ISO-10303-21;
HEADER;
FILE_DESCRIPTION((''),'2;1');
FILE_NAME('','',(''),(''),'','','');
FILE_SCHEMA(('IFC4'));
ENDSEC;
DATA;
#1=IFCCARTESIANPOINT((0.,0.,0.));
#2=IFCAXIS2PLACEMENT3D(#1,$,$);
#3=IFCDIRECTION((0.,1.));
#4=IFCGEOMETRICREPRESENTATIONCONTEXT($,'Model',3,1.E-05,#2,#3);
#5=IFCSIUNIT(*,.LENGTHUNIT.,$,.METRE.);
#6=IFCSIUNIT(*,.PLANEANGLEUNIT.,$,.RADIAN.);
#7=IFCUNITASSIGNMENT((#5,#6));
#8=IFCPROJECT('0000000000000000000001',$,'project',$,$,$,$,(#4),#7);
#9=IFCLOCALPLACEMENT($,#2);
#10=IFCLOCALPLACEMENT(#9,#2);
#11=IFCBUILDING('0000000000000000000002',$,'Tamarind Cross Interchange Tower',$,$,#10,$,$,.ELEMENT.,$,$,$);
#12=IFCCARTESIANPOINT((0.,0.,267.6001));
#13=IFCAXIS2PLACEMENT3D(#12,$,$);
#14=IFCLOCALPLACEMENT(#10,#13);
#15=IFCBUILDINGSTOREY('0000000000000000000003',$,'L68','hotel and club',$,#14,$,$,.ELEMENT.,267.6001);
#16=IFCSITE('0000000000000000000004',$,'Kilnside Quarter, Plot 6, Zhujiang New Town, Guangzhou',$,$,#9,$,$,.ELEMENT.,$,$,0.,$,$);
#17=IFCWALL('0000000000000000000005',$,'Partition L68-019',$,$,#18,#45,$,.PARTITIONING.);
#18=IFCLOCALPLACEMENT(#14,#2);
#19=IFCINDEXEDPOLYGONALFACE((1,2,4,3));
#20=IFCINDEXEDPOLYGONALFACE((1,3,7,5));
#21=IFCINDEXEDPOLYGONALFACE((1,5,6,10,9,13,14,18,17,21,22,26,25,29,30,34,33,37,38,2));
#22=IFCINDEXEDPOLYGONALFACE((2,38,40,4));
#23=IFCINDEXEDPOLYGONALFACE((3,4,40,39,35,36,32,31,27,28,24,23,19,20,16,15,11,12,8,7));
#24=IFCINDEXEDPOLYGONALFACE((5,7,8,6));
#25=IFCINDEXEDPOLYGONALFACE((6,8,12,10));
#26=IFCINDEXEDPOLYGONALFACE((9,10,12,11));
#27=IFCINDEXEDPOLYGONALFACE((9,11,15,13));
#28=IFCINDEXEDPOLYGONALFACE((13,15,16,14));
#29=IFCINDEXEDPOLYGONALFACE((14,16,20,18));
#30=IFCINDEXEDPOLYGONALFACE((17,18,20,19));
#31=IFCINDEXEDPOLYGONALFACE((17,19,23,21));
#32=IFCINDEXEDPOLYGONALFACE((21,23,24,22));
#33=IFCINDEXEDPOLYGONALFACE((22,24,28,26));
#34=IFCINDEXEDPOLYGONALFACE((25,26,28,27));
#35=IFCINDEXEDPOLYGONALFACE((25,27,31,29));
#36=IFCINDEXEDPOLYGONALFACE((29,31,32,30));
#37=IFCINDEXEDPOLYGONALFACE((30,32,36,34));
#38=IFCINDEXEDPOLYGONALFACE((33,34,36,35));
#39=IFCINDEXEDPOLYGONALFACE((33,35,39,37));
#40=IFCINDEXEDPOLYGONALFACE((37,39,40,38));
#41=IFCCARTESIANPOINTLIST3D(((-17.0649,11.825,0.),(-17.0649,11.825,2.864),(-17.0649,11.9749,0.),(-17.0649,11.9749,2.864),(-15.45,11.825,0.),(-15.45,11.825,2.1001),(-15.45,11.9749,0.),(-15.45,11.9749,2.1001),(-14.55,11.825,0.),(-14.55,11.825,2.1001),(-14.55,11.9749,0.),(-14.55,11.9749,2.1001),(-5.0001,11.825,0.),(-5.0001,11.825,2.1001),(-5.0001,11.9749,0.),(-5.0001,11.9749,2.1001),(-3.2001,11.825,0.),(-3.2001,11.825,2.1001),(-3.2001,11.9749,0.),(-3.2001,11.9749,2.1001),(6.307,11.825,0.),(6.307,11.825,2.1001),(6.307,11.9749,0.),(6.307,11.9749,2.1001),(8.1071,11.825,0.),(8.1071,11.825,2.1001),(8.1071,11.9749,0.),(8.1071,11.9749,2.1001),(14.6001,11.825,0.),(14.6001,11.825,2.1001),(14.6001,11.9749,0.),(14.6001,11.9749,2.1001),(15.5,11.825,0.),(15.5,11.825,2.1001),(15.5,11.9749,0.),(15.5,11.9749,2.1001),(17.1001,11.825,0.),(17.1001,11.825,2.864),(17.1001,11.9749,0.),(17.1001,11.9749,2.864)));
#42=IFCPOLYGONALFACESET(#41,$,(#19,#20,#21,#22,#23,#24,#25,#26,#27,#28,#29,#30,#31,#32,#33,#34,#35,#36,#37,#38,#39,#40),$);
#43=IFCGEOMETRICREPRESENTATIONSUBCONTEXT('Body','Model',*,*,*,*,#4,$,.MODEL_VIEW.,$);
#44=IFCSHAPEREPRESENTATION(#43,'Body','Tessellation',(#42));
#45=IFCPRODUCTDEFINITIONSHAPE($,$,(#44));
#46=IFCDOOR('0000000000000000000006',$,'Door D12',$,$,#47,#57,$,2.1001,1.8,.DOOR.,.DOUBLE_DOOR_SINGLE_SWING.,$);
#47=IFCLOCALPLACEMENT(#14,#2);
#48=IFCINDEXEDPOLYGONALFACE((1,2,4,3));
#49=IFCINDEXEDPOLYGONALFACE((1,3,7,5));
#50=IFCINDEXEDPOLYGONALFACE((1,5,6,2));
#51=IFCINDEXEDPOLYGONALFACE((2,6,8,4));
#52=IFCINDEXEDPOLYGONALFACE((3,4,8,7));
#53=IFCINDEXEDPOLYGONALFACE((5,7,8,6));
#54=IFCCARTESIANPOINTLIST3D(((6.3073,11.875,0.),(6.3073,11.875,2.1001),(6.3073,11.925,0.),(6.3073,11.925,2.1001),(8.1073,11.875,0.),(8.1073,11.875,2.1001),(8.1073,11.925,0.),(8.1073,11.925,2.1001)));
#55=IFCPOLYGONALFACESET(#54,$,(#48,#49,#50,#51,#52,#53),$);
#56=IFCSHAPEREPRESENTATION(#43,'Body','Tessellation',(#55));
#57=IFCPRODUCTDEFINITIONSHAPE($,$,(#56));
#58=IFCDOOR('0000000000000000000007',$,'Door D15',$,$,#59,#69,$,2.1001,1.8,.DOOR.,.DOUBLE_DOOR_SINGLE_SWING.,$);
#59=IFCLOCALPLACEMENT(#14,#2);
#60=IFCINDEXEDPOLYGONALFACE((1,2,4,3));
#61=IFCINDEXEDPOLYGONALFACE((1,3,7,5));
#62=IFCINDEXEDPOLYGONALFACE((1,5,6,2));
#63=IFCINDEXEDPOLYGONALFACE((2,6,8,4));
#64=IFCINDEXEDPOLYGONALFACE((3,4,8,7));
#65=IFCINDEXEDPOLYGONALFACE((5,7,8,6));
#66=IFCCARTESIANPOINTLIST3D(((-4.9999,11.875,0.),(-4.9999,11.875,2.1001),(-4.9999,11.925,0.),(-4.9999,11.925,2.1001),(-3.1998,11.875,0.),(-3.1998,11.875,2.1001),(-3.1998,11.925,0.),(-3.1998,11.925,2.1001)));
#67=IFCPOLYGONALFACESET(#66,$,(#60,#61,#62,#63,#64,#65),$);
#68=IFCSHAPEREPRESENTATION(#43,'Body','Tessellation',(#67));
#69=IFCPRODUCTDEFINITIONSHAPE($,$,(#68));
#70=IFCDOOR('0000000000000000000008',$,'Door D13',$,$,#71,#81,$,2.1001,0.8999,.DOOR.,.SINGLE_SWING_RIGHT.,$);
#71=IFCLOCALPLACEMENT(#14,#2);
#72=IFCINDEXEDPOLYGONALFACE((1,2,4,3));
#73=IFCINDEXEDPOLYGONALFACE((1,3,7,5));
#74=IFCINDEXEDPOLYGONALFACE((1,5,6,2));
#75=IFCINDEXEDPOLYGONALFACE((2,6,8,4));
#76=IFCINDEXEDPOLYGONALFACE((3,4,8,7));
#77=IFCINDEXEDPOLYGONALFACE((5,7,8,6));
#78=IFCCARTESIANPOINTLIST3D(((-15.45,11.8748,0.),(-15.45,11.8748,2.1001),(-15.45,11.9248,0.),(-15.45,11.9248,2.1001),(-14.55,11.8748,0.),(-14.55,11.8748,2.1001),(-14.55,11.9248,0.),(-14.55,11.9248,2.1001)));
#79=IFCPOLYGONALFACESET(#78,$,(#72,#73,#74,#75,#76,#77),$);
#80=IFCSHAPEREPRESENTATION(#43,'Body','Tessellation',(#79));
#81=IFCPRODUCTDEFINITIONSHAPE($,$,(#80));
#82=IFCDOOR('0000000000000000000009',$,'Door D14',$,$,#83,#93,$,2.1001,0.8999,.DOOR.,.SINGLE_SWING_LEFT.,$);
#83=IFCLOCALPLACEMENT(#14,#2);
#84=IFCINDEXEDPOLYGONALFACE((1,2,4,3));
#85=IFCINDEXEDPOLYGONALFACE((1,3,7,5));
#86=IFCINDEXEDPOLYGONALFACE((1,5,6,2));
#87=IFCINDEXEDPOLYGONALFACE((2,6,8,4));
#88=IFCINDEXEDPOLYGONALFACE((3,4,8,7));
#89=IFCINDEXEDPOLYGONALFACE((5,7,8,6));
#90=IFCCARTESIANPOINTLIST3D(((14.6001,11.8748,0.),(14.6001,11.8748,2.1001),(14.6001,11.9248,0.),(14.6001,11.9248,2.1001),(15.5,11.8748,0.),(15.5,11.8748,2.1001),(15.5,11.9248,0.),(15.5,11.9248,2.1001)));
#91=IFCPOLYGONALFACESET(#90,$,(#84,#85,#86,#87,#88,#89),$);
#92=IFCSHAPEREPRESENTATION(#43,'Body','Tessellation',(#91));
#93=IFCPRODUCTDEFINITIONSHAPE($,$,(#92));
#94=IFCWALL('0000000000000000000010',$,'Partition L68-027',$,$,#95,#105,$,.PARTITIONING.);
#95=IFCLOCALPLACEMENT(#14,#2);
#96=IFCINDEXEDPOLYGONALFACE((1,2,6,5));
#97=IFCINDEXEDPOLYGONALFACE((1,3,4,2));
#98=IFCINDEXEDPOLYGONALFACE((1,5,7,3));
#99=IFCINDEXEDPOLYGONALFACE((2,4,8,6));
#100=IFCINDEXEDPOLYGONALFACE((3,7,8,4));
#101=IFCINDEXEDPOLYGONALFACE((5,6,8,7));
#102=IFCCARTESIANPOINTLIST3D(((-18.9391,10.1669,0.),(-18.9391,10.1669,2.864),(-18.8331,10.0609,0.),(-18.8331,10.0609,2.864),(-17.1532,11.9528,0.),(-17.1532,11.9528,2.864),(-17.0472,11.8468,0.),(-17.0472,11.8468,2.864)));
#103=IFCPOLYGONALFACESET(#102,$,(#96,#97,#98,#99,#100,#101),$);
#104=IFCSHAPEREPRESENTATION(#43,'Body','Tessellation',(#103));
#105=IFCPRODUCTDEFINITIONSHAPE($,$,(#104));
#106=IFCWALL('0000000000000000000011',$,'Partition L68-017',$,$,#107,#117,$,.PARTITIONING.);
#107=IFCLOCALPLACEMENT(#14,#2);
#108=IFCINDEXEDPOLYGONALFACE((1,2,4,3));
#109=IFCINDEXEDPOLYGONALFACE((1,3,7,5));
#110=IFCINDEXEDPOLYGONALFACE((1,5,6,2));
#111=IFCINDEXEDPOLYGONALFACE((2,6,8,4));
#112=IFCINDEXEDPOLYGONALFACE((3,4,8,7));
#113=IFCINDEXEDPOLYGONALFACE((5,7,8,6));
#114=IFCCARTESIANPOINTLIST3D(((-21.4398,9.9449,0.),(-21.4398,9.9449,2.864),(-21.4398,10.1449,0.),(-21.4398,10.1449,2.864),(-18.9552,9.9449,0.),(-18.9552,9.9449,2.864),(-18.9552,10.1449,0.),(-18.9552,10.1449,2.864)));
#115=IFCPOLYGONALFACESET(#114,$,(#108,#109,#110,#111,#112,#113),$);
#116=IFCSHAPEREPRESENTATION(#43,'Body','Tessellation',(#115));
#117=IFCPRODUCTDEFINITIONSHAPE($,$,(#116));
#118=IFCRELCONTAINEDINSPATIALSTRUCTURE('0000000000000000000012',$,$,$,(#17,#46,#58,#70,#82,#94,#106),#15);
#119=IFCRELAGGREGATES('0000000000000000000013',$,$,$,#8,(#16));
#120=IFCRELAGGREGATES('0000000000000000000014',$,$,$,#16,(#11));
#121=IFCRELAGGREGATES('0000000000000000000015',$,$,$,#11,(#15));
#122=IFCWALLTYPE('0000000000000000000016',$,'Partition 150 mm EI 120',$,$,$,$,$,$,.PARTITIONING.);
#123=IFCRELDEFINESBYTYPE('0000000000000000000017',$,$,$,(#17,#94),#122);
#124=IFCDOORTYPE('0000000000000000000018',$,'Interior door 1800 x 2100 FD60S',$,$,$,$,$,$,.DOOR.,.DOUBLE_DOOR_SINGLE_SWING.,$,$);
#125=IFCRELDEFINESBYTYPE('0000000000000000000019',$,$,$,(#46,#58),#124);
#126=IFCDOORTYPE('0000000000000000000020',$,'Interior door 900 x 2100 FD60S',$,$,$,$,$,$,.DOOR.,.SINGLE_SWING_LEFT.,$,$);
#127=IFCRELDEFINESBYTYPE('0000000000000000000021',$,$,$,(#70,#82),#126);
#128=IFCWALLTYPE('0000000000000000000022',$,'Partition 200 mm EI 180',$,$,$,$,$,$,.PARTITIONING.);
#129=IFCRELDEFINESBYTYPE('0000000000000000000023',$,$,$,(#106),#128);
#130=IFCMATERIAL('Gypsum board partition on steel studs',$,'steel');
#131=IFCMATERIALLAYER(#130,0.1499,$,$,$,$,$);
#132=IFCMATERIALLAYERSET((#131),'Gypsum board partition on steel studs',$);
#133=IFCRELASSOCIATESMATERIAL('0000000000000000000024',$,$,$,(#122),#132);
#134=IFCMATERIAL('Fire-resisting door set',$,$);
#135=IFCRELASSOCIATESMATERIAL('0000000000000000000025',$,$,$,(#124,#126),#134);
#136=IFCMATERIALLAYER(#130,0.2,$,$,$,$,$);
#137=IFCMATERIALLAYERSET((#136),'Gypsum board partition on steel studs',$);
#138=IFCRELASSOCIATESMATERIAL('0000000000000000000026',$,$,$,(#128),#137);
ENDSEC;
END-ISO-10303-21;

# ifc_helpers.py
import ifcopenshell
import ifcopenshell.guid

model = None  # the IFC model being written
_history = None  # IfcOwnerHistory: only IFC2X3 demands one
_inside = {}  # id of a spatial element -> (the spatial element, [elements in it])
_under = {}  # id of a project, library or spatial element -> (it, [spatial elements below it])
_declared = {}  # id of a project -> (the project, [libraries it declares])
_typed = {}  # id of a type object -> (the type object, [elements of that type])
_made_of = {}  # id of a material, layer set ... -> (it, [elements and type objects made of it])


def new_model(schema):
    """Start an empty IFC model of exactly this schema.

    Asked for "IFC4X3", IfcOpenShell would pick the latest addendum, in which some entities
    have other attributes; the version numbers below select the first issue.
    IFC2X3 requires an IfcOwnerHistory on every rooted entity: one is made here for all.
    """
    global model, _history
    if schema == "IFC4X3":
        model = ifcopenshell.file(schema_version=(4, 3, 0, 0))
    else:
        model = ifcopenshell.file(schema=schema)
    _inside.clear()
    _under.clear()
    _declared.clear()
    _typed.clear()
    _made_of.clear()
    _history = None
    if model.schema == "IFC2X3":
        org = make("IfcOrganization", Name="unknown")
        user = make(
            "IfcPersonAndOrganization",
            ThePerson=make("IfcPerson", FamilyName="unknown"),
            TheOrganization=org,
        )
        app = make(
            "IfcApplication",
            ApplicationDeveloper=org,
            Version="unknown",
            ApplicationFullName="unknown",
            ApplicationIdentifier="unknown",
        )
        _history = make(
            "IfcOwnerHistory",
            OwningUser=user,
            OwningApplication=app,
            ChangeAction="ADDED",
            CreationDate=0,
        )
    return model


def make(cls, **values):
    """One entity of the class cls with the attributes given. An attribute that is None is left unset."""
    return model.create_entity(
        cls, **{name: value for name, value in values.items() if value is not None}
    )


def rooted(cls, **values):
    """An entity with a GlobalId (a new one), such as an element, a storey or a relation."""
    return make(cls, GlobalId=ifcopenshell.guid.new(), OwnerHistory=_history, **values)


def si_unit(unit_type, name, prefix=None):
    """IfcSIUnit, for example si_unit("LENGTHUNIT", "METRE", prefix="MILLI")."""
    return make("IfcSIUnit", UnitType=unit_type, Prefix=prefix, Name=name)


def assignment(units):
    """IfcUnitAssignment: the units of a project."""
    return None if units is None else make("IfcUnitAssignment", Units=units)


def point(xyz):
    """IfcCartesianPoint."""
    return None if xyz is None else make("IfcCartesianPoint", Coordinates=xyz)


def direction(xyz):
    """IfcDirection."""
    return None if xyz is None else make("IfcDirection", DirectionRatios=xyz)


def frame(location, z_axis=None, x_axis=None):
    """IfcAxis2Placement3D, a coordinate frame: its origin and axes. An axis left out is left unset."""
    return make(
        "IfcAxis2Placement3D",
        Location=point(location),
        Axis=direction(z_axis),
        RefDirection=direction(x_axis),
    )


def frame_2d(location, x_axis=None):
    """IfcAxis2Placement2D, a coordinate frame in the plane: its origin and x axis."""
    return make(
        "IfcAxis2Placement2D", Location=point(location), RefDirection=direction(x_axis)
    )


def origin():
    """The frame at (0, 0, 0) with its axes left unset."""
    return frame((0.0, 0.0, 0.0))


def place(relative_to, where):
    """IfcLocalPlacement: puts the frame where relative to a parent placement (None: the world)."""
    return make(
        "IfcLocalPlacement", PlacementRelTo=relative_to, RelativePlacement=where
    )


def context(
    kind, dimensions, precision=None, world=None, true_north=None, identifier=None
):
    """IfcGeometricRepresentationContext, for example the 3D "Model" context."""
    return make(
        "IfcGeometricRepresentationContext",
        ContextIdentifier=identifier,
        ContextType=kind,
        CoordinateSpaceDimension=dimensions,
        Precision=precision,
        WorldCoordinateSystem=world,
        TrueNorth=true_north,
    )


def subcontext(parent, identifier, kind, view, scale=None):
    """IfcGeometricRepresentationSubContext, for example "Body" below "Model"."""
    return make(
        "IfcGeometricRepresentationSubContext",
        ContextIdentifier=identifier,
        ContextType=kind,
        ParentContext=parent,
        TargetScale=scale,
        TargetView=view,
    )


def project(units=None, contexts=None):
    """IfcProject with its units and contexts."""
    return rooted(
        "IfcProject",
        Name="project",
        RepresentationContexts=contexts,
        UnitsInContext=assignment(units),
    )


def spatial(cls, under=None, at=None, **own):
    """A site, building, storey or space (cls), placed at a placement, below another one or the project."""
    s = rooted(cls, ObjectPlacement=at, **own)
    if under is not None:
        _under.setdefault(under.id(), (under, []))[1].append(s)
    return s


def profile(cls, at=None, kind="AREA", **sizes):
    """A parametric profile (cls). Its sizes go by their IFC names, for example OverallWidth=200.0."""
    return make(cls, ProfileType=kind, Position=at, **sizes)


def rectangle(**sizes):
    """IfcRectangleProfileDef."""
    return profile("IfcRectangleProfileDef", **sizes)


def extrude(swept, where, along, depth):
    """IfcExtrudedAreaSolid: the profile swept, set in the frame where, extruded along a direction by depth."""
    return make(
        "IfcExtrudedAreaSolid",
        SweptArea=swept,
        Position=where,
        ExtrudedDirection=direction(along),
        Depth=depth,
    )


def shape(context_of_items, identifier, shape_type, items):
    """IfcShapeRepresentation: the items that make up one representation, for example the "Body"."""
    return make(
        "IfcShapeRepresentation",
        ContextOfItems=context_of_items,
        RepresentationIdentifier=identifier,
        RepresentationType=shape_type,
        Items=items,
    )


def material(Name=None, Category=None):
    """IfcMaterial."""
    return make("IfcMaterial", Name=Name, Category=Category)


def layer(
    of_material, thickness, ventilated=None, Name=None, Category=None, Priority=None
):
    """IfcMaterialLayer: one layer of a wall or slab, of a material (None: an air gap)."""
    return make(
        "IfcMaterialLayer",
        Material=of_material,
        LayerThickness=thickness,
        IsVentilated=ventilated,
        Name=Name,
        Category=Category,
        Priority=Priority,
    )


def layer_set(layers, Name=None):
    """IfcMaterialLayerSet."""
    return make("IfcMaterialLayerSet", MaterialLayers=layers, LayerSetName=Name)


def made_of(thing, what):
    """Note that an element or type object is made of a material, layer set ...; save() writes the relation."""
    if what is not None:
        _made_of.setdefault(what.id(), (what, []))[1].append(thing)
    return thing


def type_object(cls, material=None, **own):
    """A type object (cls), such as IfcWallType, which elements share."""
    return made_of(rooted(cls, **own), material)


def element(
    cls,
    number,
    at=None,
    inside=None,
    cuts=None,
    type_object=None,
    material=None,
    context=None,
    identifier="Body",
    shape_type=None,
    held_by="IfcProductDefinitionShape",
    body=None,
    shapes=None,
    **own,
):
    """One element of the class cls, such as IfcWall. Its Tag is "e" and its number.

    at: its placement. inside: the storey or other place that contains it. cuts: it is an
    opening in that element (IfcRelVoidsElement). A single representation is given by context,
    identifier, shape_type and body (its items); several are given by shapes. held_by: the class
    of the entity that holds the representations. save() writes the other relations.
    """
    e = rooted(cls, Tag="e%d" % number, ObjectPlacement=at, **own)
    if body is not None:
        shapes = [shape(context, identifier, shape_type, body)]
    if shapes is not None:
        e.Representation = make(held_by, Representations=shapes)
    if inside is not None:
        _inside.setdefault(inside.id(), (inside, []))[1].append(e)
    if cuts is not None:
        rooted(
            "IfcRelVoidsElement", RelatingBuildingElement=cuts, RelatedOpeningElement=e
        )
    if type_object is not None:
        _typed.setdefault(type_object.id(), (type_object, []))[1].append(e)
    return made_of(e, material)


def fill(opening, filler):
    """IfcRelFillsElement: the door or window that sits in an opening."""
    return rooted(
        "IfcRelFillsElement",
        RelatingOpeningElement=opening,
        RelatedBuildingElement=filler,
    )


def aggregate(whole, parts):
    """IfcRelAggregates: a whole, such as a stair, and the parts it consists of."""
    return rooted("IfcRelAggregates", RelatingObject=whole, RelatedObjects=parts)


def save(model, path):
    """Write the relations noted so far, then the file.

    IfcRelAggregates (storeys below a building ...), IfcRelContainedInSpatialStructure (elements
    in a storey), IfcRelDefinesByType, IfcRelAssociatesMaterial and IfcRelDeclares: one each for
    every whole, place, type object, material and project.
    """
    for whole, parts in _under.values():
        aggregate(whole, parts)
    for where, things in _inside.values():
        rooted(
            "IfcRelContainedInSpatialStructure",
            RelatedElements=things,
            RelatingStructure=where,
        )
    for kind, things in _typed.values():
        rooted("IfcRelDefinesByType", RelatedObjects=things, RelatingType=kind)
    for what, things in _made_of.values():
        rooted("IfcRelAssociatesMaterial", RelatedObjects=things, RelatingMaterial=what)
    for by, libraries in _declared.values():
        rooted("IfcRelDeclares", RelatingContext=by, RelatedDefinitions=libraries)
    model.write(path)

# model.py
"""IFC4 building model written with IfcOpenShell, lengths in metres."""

from ifc_helpers import new_model, si_unit, direction, frame, frame_2d, origin, place, context, subcontext, project, spatial, rectangle, extrude, material, layer, layer_set, type_object, element, fill, save


model = new_model("IFC4")

# Units and contexts
model_context = context("Model", 3, precision=1e-05, world=origin(), true_north=direction((0.0, 1.0)))
body_context = subcontext(model_context, "Body", "Model", "MODEL_VIEW")
ifc_project = project(units=[si_unit("LENGTHUNIT", "METRE"), si_unit("PLANEANGLEUNIT", "RADIAN")], contexts=[model_context])

# Site, building, storey
site_placement = place(None, origin())
site = spatial("IfcSite", under=ifc_project, at=site_placement, Name="Kilnside Quarter, Plot 6, Zhujiang New Town, Guangzhou", CompositionType="ELEMENT", RefElevation=0.0)
building_placement = place(site_placement, origin())
building = spatial("IfcBuilding", under=site, at=building_placement, Name="Tamarind Cross Interchange Tower", CompositionType="ELEMENT")
storey_placement = place(building_placement, frame((0.0, 0.0, 267.6001)))
storey = spatial("IfcBuildingStorey", under=building, at=storey_placement, Name="L68", Description="hotel and club", CompositionType="ELEMENT", Elevation=267.6001)

# Shared definitions
ifc_material_1 = material(Name="Gypsum board partition on steel studs", Category="steel")
ifc_layer_1 = layer(ifc_material_1, 0.1499)
ifc_layer_set_1 = layer_set([ifc_layer_1], Name="Gypsum board partition on steel studs")
wall_type_1 = type_object("IfcWallType", Name="Partition 150 mm EI 120", PredefinedType="PARTITIONING", material=ifc_layer_set_1)

# Wall, openings, doors
wall_1_placement = place(storey_placement, frame((-17.0649, 11.8999, 0.0), z_axis=(0.0, 0.0, 1.0), x_axis=(1.0, 0.0, 0.0)))
wall_1 = element("IfcWall", 1, at=wall_1_placement, inside=storey, type_object=wall_type_1, Name="Partition L68-019", PredefinedType="PARTITIONING", context=body_context, shape_type="SweptSolid", body=[
    extrude(rectangle(XDim=34.165, YDim=0.1499, at=frame_2d((17.0825, 0.0))), origin(), (0.0, 0.0, 1.0), 2.864),
])
opening_1_placement = place(wall_1_placement, frame((23.3721, 0.0, 0.0)))
opening_1 = element("IfcOpeningElement", 2, at=opening_1_placement, cuts=wall_1, PredefinedType="OPENING", context=body_context, shape_type="SweptSolid", body=[
    extrude(rectangle(XDim=1.8, YDim=2.1001, at=frame_2d((0.8999, 1.05))), frame((0.0, 0.085, 0.0), z_axis=(0.0, -1.0, 0.0), x_axis=(1.0, 0.0, 0.0)), (0.0, 0.0, 1.0), 0.1699),
])
opening_2_placement = place(wall_1_placement, frame((1.615, 0.0, 0.0)))
opening_2 = element("IfcOpeningElement", 3, at=opening_2_placement, cuts=wall_1, PredefinedType="OPENING", context=body_context, shape_type="SweptSolid", body=[
    extrude(rectangle(XDim=0.8999, YDim=2.1001, at=frame_2d((0.45, 1.05))), frame((0.0, 0.085, 0.0), z_axis=(0.0, -1.0, 0.0), x_axis=(1.0, 0.0, 0.0)), (0.0, 0.0, 1.0), 0.1699),
])
opening_3_placement = place(wall_1_placement, frame((31.665, 0.0, 0.0)))
opening_3 = element("IfcOpeningElement", 4, at=opening_3_placement, cuts=wall_1, PredefinedType="OPENING", context=body_context, shape_type="SweptSolid", body=[
    extrude(rectangle(XDim=0.8999, YDim=2.1001, at=frame_2d((0.45, 1.05))), frame((0.0, 0.085, 0.0), z_axis=(0.0, -1.0, 0.0), x_axis=(1.0, 0.0, 0.0)), (0.0, 0.0, 1.0), 0.1699),
])
opening_4_placement = place(wall_1_placement, frame((12.0649, 0.0, 0.0)))
opening_4 = element("IfcOpeningElement", 5, at=opening_4_placement, cuts=wall_1, PredefinedType="OPENING", context=body_context, shape_type="SweptSolid", body=[
    extrude(rectangle(XDim=1.8, YDim=2.1001, at=frame_2d((0.8999, 1.05))), frame((0.0, 0.085, 0.0), z_axis=(0.0, -1.0, 0.0), x_axis=(1.0, 0.0, 0.0)), (0.0, 0.0, 1.0), 0.1699),
])
ifc_material_2 = material(Name="Fire-resisting door set")
door_type_1 = type_object("IfcDoorType", Name="Interior door 1800 x 2100 FD60S", OperationType="DOUBLE_DOOR_SINGLE_SWING", PredefinedType="DOOR", material=ifc_material_2)
door_1_placement = place(opening_1_placement, frame((1.8, 0.0, 0.0), z_axis=(0.0, 0.0, 1.0), x_axis=(-1.0, 0.0, 0.0)))
door_1 = element("IfcDoor", 6, at=door_1_placement, inside=storey, type_object=door_type_1, Name="Door D12", OperationType="DOUBLE_DOOR_SINGLE_SWING", OverallHeight=2.1001, OverallWidth=1.8, PredefinedType="DOOR", context=body_context, shape_type="SweptSolid", body=[
    extrude(rectangle(XDim=1.8, YDim=2.1001, at=frame_2d((0.8999, 1.05))), frame((0.0, 0.0249, 0.0), z_axis=(0.0, -1.0, 0.0), x_axis=(1.0, 0.0, 0.0)), (0.0, 0.0, 1.0), 0.05),
])
fill(opening_1, door_1)
door_2_placement = place(opening_4_placement, frame((1.8, 0.0, 0.0), z_axis=(0.0, 0.0, 1.0), x_axis=(-1.0, 0.0, 0.0)))
door_2 = element("IfcDoor", 7, at=door_2_placement, inside=storey, type_object=door_type_1, Name="Door D15", OperationType="DOUBLE_DOOR_SINGLE_SWING", OverallHeight=2.1001, OverallWidth=1.8, PredefinedType="DOOR", context=body_context, shape_type="SweptSolid", body=[
    extrude(rectangle(XDim=1.8, YDim=2.1001, at=frame_2d((0.8999, 1.05))), frame((0.0, 0.0249, 0.0), z_axis=(0.0, -1.0, 0.0), x_axis=(1.0, 0.0, 0.0)), (0.0, 0.0, 1.0), 0.05),
])
fill(opening_4, door_2)
door_type_2 = type_object("IfcDoorType", Name="Interior door 900 x 2100 FD60S", OperationType="SINGLE_SWING_LEFT", PredefinedType="DOOR", material=ifc_material_2)
door_3_placement = place(opening_2_placement, origin())
door_3 = element("IfcDoor", 8, at=door_3_placement, inside=storey, type_object=door_type_2, Name="Door D13", OperationType="SINGLE_SWING_RIGHT", OverallHeight=2.1001, OverallWidth=0.8999, PredefinedType="DOOR", context=body_context, shape_type="SweptSolid", body=[
    extrude(rectangle(XDim=0.8999, YDim=2.1001, at=frame_2d((0.45, 1.05))), frame((0.0, 0.0249, 0.0), z_axis=(0.0, -1.0, 0.0), x_axis=(1.0, 0.0, 0.0)), (0.0, 0.0, 1.0), 0.05),
])
fill(opening_2, door_3)
door_4_placement = place(opening_3_placement, origin())
door_4 = element("IfcDoor", 9, at=door_4_placement, inside=storey, type_object=door_type_2, Name="Door D14", OperationType="SINGLE_SWING_LEFT", OverallHeight=2.1001, OverallWidth=0.8999, PredefinedType="DOOR", context=body_context, shape_type="SweptSolid", body=[
    extrude(rectangle(XDim=0.8999, YDim=2.1001, at=frame_2d((0.45, 1.05))), frame((0.0, 0.0249, 0.0), z_axis=(0.0, -1.0, 0.0), x_axis=(1.0, 0.0, 0.0)), (0.0, 0.0, 1.0), 0.05),
])
fill(opening_3, door_4)

# Walls
wall_2_placement = place(storey_placement, frame((-18.886, 10.114, 0.0), z_axis=(0.0, 0.0, 1.0), x_axis=(0.707107, 0.707107, 0.0)))
element("IfcWall", 10, at=wall_2_placement, inside=storey, type_object=wall_type_1, Name="Partition L68-027", PredefinedType="PARTITIONING", context=body_context, shape_type="SweptSolid", body=[
    extrude(rectangle(XDim=2.5256, YDim=0.1499, at=frame_2d((1.2627, 0.0))), origin(), (0.0, 0.0, 1.0), 2.864),
])
ifc_layer_2 = layer(ifc_material_1, 0.2)
ifc_layer_set_2 = layer_set([ifc_layer_2], Name="Gypsum board partition on steel studs")
wall_type_2 = type_object("IfcWallType", Name="Partition 200 mm EI 180", PredefinedType="PARTITIONING", material=ifc_layer_set_2)
wall_3_placement = place(storey_placement, frame((-21.4397, 10.0449, 0.0), z_axis=(0.0, 0.0, 1.0), x_axis=(1.0, 0.0, 0.0)))
element("IfcWall", 11, at=wall_3_placement, inside=storey, type_object=wall_type_2, Name="Partition L68-017", PredefinedType="PARTITIONING", context=body_context, shape_type="SweptSolid", body=[
    extrude(rectangle(XDim=2.4846, YDim=0.2, at=frame_2d((1.2422, 0.0))), origin(), (0.0, 0.0, 1.0), 2.864),
])

save(model, "model.ifc")
